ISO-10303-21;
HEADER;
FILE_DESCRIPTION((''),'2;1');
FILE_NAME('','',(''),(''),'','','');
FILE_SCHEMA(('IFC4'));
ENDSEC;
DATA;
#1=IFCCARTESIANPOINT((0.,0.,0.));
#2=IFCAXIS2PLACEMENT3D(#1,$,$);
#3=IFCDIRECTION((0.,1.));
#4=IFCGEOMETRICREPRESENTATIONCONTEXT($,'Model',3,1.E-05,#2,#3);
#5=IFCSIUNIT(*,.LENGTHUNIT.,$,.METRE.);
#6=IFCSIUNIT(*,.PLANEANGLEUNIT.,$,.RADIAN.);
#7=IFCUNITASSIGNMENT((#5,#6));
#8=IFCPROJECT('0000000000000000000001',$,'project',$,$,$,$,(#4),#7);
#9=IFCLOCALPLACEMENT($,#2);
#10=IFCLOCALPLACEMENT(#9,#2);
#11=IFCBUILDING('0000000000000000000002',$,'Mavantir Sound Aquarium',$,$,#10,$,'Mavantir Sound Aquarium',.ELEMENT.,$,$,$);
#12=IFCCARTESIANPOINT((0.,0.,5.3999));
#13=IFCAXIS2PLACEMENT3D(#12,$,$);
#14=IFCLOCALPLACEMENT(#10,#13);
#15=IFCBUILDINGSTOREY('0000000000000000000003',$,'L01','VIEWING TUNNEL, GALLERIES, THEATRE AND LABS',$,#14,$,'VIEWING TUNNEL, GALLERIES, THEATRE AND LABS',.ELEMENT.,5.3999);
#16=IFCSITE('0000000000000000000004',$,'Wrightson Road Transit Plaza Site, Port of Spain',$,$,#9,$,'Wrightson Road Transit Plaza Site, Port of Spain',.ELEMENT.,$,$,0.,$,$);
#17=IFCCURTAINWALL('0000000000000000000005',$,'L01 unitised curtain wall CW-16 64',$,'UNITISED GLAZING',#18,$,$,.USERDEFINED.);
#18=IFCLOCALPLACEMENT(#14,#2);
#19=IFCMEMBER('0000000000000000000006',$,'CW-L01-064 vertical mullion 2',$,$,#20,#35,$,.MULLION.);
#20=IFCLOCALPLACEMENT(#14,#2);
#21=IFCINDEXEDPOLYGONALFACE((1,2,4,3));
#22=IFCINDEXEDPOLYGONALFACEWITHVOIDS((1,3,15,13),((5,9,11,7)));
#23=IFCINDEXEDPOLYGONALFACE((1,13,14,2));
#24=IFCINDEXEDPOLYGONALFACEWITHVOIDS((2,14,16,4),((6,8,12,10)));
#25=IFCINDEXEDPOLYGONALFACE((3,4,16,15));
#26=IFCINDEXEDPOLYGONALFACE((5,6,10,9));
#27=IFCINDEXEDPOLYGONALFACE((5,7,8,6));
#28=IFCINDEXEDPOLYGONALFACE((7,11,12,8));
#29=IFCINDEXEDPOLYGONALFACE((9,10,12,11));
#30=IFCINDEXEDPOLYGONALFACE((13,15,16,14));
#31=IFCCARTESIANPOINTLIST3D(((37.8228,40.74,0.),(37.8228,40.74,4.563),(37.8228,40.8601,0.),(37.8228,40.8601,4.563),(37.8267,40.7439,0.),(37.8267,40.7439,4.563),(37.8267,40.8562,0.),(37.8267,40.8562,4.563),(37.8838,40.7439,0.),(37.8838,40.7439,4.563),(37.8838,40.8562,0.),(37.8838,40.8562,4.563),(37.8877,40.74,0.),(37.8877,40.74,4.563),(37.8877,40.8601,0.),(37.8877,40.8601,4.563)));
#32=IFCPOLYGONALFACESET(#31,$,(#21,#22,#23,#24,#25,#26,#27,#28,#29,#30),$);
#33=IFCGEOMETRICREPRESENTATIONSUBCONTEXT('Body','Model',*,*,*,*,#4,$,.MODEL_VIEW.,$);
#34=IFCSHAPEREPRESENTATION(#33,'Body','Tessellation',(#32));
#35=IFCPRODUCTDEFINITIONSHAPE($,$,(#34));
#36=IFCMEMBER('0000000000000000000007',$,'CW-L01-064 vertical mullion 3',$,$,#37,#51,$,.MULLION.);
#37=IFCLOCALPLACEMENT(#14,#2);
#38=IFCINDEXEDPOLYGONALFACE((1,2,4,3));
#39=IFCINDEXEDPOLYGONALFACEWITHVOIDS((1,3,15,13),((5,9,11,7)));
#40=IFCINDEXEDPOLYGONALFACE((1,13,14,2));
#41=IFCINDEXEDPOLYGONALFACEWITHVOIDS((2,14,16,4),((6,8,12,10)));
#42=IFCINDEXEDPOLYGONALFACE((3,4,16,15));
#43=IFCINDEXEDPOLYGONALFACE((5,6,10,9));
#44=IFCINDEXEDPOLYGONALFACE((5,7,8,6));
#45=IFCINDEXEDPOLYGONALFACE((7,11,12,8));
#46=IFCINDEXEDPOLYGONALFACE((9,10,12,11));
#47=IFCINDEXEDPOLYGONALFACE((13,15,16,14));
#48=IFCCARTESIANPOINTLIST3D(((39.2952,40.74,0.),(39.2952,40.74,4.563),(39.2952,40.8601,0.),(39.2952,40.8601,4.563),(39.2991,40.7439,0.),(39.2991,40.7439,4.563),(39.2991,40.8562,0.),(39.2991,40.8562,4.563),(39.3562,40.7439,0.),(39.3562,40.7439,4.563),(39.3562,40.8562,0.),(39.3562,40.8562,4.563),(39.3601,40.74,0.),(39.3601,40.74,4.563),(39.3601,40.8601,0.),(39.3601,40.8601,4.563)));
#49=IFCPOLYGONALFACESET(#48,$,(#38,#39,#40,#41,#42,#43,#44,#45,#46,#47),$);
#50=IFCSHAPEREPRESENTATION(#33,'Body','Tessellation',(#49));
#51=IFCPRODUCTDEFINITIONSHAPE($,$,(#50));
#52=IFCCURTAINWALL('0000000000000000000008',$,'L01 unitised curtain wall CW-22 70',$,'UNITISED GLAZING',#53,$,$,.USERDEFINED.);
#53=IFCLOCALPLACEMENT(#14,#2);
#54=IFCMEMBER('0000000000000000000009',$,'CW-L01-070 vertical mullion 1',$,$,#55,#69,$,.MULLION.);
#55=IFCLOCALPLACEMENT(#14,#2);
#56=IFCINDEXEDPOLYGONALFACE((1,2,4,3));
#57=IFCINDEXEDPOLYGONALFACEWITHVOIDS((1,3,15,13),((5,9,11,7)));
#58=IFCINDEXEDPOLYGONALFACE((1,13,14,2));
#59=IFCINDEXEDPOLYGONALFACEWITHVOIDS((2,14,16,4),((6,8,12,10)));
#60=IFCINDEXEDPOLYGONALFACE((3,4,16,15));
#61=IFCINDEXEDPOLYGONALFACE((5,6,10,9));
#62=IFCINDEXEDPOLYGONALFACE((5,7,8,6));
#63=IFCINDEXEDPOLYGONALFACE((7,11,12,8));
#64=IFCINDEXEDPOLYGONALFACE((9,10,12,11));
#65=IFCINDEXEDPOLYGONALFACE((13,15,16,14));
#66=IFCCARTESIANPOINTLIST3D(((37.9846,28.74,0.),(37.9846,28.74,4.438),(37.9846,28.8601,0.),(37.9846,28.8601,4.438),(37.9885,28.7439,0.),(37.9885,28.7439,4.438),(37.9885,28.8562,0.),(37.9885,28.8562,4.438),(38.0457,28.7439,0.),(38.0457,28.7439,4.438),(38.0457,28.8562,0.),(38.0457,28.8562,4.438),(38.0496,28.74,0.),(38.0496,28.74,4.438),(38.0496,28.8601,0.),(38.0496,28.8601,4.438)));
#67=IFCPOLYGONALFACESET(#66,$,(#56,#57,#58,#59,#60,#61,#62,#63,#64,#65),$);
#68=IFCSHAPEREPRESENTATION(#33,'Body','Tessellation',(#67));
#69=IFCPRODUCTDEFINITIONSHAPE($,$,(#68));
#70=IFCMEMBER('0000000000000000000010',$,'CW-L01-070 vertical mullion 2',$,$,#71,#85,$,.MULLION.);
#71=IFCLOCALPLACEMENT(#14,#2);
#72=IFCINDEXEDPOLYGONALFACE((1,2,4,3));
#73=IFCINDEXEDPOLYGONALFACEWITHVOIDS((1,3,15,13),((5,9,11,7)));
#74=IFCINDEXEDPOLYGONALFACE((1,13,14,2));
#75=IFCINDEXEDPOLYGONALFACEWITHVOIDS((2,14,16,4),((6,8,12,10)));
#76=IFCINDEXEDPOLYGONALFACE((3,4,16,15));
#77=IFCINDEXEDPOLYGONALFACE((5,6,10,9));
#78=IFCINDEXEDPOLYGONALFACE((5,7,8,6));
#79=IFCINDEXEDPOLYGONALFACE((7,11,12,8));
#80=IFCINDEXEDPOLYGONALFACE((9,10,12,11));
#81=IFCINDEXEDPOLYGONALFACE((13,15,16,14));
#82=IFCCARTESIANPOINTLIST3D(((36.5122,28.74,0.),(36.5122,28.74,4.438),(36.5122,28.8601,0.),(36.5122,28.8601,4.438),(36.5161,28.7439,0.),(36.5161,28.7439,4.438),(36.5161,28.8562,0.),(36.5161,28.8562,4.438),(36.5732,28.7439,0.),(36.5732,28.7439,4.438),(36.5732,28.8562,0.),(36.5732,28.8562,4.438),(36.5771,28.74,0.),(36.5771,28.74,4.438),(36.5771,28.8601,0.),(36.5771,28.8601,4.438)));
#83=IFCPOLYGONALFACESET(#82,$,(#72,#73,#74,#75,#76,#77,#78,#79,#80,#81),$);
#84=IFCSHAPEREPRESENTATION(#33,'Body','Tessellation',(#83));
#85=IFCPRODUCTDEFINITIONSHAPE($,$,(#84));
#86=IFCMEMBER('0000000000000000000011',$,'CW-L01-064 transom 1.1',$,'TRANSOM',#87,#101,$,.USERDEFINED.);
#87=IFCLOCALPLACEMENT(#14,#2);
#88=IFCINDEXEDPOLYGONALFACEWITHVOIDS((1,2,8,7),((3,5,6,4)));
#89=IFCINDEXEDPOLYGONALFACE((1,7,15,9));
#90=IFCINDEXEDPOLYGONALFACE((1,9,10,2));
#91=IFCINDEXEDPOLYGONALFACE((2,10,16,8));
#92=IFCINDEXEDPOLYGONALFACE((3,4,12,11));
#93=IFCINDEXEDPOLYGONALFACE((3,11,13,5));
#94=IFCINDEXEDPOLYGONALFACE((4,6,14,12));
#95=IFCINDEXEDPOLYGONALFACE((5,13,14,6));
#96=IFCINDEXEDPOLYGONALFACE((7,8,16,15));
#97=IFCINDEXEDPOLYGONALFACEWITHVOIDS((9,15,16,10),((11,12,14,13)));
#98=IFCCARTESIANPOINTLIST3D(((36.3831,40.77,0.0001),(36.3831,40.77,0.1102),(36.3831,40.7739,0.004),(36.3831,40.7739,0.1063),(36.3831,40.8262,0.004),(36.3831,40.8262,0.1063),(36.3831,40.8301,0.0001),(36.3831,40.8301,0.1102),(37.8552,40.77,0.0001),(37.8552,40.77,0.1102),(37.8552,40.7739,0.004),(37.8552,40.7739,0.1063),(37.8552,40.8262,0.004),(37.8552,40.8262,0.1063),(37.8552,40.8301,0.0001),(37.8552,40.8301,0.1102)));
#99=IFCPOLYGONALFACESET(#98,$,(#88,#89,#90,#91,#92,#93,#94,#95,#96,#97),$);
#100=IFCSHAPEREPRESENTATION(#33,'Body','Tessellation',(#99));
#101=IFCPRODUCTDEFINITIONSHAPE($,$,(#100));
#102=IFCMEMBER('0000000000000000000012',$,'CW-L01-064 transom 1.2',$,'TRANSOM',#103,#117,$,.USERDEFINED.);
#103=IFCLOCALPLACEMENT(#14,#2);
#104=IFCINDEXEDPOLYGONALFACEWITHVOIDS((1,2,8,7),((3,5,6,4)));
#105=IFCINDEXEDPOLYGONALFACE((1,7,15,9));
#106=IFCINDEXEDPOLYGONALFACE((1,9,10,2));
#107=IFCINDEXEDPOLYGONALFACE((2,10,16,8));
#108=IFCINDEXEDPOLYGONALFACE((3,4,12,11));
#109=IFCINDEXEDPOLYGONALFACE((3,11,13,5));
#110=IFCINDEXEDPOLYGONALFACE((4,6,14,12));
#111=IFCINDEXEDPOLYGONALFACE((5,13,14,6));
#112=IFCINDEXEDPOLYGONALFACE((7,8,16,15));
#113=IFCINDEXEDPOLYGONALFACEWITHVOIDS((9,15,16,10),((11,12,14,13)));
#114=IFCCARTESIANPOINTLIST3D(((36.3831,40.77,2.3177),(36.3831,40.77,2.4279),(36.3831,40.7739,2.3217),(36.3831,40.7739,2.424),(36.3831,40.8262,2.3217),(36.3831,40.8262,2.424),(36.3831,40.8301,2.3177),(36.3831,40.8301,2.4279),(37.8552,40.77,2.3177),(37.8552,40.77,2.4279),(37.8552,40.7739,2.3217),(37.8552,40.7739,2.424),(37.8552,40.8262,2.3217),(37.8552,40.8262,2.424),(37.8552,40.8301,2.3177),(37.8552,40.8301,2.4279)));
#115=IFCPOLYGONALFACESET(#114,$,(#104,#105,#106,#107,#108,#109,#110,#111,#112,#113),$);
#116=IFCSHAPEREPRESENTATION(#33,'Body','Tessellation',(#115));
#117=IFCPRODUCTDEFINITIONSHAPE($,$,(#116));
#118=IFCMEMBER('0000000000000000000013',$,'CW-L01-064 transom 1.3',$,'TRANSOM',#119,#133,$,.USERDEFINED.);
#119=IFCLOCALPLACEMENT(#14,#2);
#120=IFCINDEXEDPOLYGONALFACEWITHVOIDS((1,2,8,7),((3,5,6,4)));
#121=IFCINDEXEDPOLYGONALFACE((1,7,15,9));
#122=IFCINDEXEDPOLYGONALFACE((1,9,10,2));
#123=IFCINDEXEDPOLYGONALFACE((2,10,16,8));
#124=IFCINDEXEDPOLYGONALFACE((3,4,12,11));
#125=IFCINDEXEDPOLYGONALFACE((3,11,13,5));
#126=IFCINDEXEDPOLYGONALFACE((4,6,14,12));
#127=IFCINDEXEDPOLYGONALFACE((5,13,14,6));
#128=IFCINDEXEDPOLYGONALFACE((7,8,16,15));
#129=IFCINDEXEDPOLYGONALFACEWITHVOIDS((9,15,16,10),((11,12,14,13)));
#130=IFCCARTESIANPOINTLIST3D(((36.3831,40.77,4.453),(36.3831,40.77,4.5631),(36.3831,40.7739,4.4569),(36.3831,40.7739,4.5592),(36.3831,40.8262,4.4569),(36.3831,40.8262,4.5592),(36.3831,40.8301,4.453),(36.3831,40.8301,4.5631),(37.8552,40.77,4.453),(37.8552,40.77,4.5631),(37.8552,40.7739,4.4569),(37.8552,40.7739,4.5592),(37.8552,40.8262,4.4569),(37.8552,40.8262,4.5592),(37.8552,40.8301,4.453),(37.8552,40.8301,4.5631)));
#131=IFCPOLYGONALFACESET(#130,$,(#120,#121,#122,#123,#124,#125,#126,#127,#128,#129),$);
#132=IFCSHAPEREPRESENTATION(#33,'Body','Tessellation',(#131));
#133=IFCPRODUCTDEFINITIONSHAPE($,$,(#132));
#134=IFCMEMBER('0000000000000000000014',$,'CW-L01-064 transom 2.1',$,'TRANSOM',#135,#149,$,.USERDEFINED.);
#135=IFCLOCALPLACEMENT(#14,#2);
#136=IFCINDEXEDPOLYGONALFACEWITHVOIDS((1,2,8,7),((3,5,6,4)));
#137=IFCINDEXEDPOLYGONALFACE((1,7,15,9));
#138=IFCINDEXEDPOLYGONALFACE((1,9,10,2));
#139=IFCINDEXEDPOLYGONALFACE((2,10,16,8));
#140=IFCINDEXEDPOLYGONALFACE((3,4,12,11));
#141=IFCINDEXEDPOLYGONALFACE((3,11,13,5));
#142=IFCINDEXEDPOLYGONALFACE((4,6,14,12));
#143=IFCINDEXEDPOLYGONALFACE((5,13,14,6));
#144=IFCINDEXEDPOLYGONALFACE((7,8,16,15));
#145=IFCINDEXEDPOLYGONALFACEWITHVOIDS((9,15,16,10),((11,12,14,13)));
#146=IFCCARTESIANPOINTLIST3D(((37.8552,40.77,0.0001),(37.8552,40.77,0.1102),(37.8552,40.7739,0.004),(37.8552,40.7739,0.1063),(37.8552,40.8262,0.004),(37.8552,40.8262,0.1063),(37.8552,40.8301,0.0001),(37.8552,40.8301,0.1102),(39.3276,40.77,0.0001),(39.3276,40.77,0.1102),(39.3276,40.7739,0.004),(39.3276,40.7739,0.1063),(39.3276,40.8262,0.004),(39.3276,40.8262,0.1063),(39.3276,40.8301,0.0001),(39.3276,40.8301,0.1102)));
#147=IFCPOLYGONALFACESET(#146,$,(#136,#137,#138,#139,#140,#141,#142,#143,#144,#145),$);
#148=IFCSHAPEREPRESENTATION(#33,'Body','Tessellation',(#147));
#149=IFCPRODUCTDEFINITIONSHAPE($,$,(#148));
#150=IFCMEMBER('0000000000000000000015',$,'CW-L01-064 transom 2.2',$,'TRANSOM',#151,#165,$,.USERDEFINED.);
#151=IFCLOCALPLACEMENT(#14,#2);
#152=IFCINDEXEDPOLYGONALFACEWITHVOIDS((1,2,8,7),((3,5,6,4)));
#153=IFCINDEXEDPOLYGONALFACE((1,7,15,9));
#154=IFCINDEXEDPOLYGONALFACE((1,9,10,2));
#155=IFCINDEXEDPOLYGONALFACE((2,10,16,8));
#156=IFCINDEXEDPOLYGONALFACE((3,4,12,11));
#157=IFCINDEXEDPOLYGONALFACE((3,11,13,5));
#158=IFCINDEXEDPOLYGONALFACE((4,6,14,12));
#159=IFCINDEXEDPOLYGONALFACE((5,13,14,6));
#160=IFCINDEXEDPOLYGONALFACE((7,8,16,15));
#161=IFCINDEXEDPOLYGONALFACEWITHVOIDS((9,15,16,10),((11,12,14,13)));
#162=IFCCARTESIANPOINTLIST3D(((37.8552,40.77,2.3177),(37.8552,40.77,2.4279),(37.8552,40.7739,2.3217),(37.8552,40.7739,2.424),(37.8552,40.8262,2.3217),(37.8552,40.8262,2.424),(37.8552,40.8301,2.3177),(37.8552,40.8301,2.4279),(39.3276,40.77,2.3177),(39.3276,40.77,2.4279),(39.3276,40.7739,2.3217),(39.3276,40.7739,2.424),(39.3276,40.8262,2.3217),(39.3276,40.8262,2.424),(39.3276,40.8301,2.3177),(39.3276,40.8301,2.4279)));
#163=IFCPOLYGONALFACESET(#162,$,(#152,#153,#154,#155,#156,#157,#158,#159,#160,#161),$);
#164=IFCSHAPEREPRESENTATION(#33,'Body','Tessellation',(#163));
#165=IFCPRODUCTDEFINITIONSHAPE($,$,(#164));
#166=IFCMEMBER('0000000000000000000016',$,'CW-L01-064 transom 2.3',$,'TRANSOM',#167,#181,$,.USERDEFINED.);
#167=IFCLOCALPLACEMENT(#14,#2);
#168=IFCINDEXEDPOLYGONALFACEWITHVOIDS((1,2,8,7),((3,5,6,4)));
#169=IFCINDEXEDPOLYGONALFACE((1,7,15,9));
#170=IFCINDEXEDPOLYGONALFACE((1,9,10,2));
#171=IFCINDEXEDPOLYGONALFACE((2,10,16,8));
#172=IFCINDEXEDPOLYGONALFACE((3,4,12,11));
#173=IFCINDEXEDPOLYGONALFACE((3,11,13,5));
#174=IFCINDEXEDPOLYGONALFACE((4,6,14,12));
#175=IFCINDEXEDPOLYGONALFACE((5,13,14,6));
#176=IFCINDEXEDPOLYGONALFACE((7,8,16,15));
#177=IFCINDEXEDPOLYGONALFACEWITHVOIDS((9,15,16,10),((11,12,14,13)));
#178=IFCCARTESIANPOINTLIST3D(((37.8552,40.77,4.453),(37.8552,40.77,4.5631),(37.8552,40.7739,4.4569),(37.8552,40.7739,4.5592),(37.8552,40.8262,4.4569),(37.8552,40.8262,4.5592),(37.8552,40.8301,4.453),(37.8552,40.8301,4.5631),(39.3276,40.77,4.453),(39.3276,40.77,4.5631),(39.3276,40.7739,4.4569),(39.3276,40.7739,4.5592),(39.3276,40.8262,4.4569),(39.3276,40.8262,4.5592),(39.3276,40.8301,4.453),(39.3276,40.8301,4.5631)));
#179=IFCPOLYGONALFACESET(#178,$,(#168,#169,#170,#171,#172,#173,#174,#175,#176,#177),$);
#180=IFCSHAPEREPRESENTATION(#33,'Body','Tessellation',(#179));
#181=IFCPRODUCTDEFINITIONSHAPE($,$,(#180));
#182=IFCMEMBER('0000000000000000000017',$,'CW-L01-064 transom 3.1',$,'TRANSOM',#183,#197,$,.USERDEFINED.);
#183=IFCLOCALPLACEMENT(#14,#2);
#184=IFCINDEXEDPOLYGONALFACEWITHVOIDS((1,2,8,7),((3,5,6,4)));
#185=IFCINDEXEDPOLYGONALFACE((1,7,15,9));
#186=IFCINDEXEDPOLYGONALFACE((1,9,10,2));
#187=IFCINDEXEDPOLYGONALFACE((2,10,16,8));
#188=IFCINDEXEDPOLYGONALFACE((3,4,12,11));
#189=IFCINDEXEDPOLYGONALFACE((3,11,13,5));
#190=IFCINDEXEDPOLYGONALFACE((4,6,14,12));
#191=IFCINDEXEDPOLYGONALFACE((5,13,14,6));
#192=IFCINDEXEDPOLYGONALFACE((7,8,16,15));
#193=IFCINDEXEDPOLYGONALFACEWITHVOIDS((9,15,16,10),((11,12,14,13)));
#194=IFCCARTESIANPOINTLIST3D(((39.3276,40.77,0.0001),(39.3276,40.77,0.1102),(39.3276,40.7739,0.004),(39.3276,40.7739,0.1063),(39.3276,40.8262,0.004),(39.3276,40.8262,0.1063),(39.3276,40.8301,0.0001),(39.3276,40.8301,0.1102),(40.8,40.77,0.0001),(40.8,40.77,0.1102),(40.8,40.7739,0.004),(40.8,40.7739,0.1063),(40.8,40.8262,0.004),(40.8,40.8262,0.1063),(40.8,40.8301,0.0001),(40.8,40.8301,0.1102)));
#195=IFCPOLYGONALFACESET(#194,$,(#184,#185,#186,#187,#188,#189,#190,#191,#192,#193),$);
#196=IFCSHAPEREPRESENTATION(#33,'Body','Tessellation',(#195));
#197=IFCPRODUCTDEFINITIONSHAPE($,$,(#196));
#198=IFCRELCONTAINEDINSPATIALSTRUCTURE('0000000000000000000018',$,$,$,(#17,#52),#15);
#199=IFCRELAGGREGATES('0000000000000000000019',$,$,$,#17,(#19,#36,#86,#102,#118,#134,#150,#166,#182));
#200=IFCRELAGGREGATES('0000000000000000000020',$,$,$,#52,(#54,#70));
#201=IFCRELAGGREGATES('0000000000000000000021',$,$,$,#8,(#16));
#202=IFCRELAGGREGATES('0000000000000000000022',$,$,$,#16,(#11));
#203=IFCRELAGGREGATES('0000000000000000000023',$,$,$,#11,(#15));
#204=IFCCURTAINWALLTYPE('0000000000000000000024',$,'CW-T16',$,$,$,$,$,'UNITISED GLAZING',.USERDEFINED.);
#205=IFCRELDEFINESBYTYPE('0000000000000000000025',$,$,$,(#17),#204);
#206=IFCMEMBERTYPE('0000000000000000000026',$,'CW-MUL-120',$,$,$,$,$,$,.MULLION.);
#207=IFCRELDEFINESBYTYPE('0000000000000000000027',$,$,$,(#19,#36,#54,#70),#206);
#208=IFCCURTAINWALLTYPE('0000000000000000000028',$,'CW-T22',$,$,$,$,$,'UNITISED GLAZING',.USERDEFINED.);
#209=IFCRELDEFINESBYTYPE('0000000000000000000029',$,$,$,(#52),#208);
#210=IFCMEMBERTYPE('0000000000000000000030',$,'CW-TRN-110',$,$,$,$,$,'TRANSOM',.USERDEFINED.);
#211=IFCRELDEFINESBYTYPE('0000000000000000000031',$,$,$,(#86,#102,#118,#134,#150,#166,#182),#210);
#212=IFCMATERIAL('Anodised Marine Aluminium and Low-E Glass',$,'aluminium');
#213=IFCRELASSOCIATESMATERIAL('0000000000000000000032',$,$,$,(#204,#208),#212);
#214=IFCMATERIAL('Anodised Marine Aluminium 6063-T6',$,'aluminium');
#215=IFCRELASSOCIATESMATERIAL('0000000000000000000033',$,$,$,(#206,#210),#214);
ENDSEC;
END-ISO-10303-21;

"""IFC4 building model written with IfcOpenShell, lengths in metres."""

from ifc_helpers import new_model, si_unit, direction, frame, origin, origin_2d, place, context, subcontext, project, spatial, hollow_rectangle, extrude, material, material_profile, profile_set, type_object, element, aggregate, save


model = new_model("IFC4")

# Units and contexts
model_context = context("Model", 3, precision=1e-05, world=origin(), true_north=direction((0.0, 1.0)))
body_context = subcontext(model_context, "Body", "Model", "MODEL_VIEW")
ifc_project = project(units=[si_unit("LENGTHUNIT", "METRE"), si_unit("PLANEANGLEUNIT", "RADIAN")], contexts=[model_context])

# Site, building, storey
site_placement = place(None, origin())
site = spatial("IfcSite", under=ifc_project, at=site_placement, Name="Wrightson Road Transit Plaza Site, Port of Spain", LongName="Wrightson Road Transit Plaza Site, Port of Spain", CompositionType="ELEMENT", RefElevation=0.0)
building_placement = place(site_placement, origin())
building = spatial("IfcBuilding", under=site, at=building_placement, Name="Mavantir Sound Aquarium", LongName="Mavantir Sound Aquarium", CompositionType="ELEMENT")
storey_placement = place(building_placement, frame((0.0, 0.0, 5.3999)))
storey = spatial("IfcBuildingStorey", under=building, at=storey_placement, Name="L01", Description="VIEWING TUNNEL, GALLERIES, THEATRE AND LABS", LongName="VIEWING TUNNEL, GALLERIES, THEATRE AND LABS", CompositionType="ELEMENT", Elevation=5.3999)

# Curtain walls, members
ifc_material_1 = material(Name="Anodised Marine Aluminium and Low-E Glass", Category="aluminium")
curtain_wall_type_1 = type_object("IfcCurtainWallType", Name="CW-T16", ElementType="UNITISED GLAZING", PredefinedType="USERDEFINED", material=ifc_material_1)
curtain_wall_1_placement = place(storey_placement, origin())
curtain_wall_1 = element("IfcCurtainWall", 1, at=curtain_wall_1_placement, inside=storey, type_object=curtain_wall_type_1, Name="L01 unitised curtain wall CW-16 64", ObjectType="UNITISED GLAZING", PredefinedType="USERDEFINED")
ifc_material_2 = material(Name="Anodised Marine Aluminium 6063-T6", Category="aluminium")
ifc_material_profile_1 = material_profile(ifc_material_2, hollow_rectangle(XDim=0.0649, YDim=0.1201, WallThickness=0.0039, at=origin_2d()), Name="ALU-MULLION-120X65")
ifc_profile_set_1 = profile_set([ifc_material_profile_1], Name="Anodised Marine Aluminium 6063-T6")
member_type_1 = type_object("IfcMemberType", Name="CW-MUL-120", PredefinedType="MULLION", material=ifc_profile_set_1)
member_1_placement = place(storey_placement, frame((37.8552, 40.8, 0.0), z_axis=(0.0, 0.0, 1.0), x_axis=(1.0, 0.0, 0.0)))
member_1 = element("IfcMember", 2, at=member_1_placement, type_object=member_type_1, Name="CW-L01-064 vertical mullion 2", PredefinedType="MULLION", context=body_context, shape_type="SweptSolid", body=[
    extrude(hollow_rectangle(XDim=0.0649, YDim=0.1201, WallThickness=0.0039, at=origin_2d()), origin(), (0.0, 0.0, 1.0), 4.563),
])
member_2_placement = place(storey_placement, frame((39.3276, 40.8, 0.0), z_axis=(0.0, 0.0, 1.0), x_axis=(1.0, 0.0, 0.0)))
member_2 = element("IfcMember", 3, at=member_2_placement, type_object=member_type_1, Name="CW-L01-064 vertical mullion 3", PredefinedType="MULLION", context=body_context, shape_type="SweptSolid", body=[
    extrude(hollow_rectangle(XDim=0.0649, YDim=0.1201, WallThickness=0.0039, at=origin_2d()), origin(), (0.0, 0.0, 1.0), 4.563),
])
curtain_wall_type_2 = type_object("IfcCurtainWallType", Name="CW-T22", ElementType="UNITISED GLAZING", PredefinedType="USERDEFINED", material=ifc_material_1)
curtain_wall_2_placement = place(storey_placement, origin())
curtain_wall_2 = element("IfcCurtainWall", 4, at=curtain_wall_2_placement, inside=storey, type_object=curtain_wall_type_2, Name="L01 unitised curtain wall CW-22 70", ObjectType="UNITISED GLAZING", PredefinedType="USERDEFINED")
member_3_placement = place(storey_placement, frame((38.0171, 28.8, 0.0), z_axis=(0.0, 0.0, 1.0), x_axis=(1.0, 0.0, 0.0)))
member_3 = element("IfcMember", 5, at=member_3_placement, type_object=member_type_1, Name="CW-L01-070 vertical mullion 1", PredefinedType="MULLION", context=body_context, shape_type="SweptSolid", body=[
    extrude(hollow_rectangle(XDim=0.0649, YDim=0.1201, WallThickness=0.0039, at=origin_2d()), origin(), (0.0, 0.0, 1.0), 4.438),
])
member_4_placement = place(storey_placement, frame((36.5447, 28.8, 0.0), z_axis=(0.0, 0.0, 1.0), x_axis=(1.0, 0.0, 0.0)))
member_4 = element("IfcMember", 6, at=member_4_placement, type_object=member_type_1, Name="CW-L01-070 vertical mullion 2", PredefinedType="MULLION", context=body_context, shape_type="SweptSolid", body=[
    extrude(hollow_rectangle(XDim=0.0649, YDim=0.1201, WallThickness=0.0039, at=origin_2d()), origin(), (0.0, 0.0, 1.0), 4.438),
])

# Members
ifc_material_profile_2 = material_profile(ifc_material_2, hollow_rectangle(XDim=0.0601, YDim=0.1101, WallThickness=0.0039, at=origin_2d()), Name="ALU-TRANSOM-110X60")
ifc_profile_set_2 = profile_set([ifc_material_profile_2], Name="Anodised Marine Aluminium 6063-T6")
member_type_2 = type_object("IfcMemberType", Name="CW-TRN-110", ElementType="TRANSOM", PredefinedType="USERDEFINED", material=ifc_profile_set_2)
member_5_placement = place(storey_placement, frame((36.3831, 40.8, 0.0552), z_axis=(1.0, 0.0, 0.0), x_axis=(0.0, 1.0, 0.0)))
member_5 = element("IfcMember", 7, at=member_5_placement, type_object=member_type_2, Name="CW-L01-064 transom 1.1", ObjectType="TRANSOM", PredefinedType="USERDEFINED", context=body_context, shape_type="SweptSolid", body=[
    extrude(hollow_rectangle(XDim=0.0601, YDim=0.1101, WallThickness=0.0039, at=origin_2d()), origin(), (0.0, 0.0, 1.0), 1.4722),
])
member_6_placement = place(storey_placement, frame((36.3831, 40.8, 2.3728), z_axis=(1.0, 0.0, 0.0), x_axis=(0.0, 1.0, 0.0)))
member_6 = element("IfcMember", 8, at=member_6_placement, type_object=member_type_2, Name="CW-L01-064 transom 1.2", ObjectType="TRANSOM", PredefinedType="USERDEFINED", context=body_context, shape_type="SweptSolid", body=[
    extrude(hollow_rectangle(XDim=0.0601, YDim=0.1101, WallThickness=0.0039, at=origin_2d()), origin(), (0.0, 0.0, 1.0), 1.4722),
])
member_7_placement = place(storey_placement, frame((36.3831, 40.8, 4.5081), z_axis=(1.0, 0.0, 0.0), x_axis=(0.0, 1.0, 0.0)))
member_7 = element("IfcMember", 9, at=member_7_placement, type_object=member_type_2, Name="CW-L01-064 transom 1.3", ObjectType="TRANSOM", PredefinedType="USERDEFINED", context=body_context, shape_type="SweptSolid", body=[
    extrude(hollow_rectangle(XDim=0.0601, YDim=0.1101, WallThickness=0.0039, at=origin_2d()), origin(), (0.0, 0.0, 1.0), 1.4722),
])
member_8_placement = place(storey_placement, frame((37.8552, 40.8, 0.0552), z_axis=(1.0, 0.0, 0.0), x_axis=(0.0, 1.0, 0.0)))
member_8 = element("IfcMember", 10, at=member_8_placement, type_object=member_type_2, Name="CW-L01-064 transom 2.1", ObjectType="TRANSOM", PredefinedType="USERDEFINED", context=body_context, shape_type="SweptSolid", body=[
    extrude(hollow_rectangle(XDim=0.0601, YDim=0.1101, WallThickness=0.0039, at=origin_2d()), origin(), (0.0, 0.0, 1.0), 1.4724),
])
member_9_placement = place(storey_placement, frame((37.8552, 40.8, 2.3728), z_axis=(1.0, 0.0, 0.0), x_axis=(0.0, 1.0, 0.0)))
member_9 = element("IfcMember", 11, at=member_9_placement, type_object=member_type_2, Name="CW-L01-064 transom 2.2", ObjectType="TRANSOM", PredefinedType="USERDEFINED", context=body_context, shape_type="SweptSolid", body=[
    extrude(hollow_rectangle(XDim=0.0601, YDim=0.1101, WallThickness=0.0039, at=origin_2d()), origin(), (0.0, 0.0, 1.0), 1.4724),
])
member_10_placement = place(storey_placement, frame((37.8552, 40.8, 4.5081), z_axis=(1.0, 0.0, 0.0), x_axis=(0.0, 1.0, 0.0)))
member_10 = element("IfcMember", 12, at=member_10_placement, type_object=member_type_2, Name="CW-L01-064 transom 2.3", ObjectType="TRANSOM", PredefinedType="USERDEFINED", context=body_context, shape_type="SweptSolid", body=[
    extrude(hollow_rectangle(XDim=0.0601, YDim=0.1101, WallThickness=0.0039, at=origin_2d()), origin(), (0.0, 0.0, 1.0), 1.4724),
])
member_11_placement = place(storey_placement, frame((39.3276, 40.8, 0.0552), z_axis=(1.0, 0.0, 0.0), x_axis=(0.0, 1.0, 0.0)))
member_11 = element("IfcMember", 13, at=member_11_placement, type_object=member_type_2, Name="CW-L01-064 transom 3.1", ObjectType="TRANSOM", PredefinedType="USERDEFINED", context=body_context, shape_type="SweptSolid", body=[
    extrude(hollow_rectangle(XDim=0.0601, YDim=0.1101, WallThickness=0.0039, at=origin_2d()), origin(), (0.0, 0.0, 1.0), 1.4724),
])

aggregate(curtain_wall_1, [member_1, member_2, member_5, member_6, member_7, member_8, member_9, member_10, member_11])
aggregate(curtain_wall_2, [member_3, member_4])

save(model, "model.ifc")
